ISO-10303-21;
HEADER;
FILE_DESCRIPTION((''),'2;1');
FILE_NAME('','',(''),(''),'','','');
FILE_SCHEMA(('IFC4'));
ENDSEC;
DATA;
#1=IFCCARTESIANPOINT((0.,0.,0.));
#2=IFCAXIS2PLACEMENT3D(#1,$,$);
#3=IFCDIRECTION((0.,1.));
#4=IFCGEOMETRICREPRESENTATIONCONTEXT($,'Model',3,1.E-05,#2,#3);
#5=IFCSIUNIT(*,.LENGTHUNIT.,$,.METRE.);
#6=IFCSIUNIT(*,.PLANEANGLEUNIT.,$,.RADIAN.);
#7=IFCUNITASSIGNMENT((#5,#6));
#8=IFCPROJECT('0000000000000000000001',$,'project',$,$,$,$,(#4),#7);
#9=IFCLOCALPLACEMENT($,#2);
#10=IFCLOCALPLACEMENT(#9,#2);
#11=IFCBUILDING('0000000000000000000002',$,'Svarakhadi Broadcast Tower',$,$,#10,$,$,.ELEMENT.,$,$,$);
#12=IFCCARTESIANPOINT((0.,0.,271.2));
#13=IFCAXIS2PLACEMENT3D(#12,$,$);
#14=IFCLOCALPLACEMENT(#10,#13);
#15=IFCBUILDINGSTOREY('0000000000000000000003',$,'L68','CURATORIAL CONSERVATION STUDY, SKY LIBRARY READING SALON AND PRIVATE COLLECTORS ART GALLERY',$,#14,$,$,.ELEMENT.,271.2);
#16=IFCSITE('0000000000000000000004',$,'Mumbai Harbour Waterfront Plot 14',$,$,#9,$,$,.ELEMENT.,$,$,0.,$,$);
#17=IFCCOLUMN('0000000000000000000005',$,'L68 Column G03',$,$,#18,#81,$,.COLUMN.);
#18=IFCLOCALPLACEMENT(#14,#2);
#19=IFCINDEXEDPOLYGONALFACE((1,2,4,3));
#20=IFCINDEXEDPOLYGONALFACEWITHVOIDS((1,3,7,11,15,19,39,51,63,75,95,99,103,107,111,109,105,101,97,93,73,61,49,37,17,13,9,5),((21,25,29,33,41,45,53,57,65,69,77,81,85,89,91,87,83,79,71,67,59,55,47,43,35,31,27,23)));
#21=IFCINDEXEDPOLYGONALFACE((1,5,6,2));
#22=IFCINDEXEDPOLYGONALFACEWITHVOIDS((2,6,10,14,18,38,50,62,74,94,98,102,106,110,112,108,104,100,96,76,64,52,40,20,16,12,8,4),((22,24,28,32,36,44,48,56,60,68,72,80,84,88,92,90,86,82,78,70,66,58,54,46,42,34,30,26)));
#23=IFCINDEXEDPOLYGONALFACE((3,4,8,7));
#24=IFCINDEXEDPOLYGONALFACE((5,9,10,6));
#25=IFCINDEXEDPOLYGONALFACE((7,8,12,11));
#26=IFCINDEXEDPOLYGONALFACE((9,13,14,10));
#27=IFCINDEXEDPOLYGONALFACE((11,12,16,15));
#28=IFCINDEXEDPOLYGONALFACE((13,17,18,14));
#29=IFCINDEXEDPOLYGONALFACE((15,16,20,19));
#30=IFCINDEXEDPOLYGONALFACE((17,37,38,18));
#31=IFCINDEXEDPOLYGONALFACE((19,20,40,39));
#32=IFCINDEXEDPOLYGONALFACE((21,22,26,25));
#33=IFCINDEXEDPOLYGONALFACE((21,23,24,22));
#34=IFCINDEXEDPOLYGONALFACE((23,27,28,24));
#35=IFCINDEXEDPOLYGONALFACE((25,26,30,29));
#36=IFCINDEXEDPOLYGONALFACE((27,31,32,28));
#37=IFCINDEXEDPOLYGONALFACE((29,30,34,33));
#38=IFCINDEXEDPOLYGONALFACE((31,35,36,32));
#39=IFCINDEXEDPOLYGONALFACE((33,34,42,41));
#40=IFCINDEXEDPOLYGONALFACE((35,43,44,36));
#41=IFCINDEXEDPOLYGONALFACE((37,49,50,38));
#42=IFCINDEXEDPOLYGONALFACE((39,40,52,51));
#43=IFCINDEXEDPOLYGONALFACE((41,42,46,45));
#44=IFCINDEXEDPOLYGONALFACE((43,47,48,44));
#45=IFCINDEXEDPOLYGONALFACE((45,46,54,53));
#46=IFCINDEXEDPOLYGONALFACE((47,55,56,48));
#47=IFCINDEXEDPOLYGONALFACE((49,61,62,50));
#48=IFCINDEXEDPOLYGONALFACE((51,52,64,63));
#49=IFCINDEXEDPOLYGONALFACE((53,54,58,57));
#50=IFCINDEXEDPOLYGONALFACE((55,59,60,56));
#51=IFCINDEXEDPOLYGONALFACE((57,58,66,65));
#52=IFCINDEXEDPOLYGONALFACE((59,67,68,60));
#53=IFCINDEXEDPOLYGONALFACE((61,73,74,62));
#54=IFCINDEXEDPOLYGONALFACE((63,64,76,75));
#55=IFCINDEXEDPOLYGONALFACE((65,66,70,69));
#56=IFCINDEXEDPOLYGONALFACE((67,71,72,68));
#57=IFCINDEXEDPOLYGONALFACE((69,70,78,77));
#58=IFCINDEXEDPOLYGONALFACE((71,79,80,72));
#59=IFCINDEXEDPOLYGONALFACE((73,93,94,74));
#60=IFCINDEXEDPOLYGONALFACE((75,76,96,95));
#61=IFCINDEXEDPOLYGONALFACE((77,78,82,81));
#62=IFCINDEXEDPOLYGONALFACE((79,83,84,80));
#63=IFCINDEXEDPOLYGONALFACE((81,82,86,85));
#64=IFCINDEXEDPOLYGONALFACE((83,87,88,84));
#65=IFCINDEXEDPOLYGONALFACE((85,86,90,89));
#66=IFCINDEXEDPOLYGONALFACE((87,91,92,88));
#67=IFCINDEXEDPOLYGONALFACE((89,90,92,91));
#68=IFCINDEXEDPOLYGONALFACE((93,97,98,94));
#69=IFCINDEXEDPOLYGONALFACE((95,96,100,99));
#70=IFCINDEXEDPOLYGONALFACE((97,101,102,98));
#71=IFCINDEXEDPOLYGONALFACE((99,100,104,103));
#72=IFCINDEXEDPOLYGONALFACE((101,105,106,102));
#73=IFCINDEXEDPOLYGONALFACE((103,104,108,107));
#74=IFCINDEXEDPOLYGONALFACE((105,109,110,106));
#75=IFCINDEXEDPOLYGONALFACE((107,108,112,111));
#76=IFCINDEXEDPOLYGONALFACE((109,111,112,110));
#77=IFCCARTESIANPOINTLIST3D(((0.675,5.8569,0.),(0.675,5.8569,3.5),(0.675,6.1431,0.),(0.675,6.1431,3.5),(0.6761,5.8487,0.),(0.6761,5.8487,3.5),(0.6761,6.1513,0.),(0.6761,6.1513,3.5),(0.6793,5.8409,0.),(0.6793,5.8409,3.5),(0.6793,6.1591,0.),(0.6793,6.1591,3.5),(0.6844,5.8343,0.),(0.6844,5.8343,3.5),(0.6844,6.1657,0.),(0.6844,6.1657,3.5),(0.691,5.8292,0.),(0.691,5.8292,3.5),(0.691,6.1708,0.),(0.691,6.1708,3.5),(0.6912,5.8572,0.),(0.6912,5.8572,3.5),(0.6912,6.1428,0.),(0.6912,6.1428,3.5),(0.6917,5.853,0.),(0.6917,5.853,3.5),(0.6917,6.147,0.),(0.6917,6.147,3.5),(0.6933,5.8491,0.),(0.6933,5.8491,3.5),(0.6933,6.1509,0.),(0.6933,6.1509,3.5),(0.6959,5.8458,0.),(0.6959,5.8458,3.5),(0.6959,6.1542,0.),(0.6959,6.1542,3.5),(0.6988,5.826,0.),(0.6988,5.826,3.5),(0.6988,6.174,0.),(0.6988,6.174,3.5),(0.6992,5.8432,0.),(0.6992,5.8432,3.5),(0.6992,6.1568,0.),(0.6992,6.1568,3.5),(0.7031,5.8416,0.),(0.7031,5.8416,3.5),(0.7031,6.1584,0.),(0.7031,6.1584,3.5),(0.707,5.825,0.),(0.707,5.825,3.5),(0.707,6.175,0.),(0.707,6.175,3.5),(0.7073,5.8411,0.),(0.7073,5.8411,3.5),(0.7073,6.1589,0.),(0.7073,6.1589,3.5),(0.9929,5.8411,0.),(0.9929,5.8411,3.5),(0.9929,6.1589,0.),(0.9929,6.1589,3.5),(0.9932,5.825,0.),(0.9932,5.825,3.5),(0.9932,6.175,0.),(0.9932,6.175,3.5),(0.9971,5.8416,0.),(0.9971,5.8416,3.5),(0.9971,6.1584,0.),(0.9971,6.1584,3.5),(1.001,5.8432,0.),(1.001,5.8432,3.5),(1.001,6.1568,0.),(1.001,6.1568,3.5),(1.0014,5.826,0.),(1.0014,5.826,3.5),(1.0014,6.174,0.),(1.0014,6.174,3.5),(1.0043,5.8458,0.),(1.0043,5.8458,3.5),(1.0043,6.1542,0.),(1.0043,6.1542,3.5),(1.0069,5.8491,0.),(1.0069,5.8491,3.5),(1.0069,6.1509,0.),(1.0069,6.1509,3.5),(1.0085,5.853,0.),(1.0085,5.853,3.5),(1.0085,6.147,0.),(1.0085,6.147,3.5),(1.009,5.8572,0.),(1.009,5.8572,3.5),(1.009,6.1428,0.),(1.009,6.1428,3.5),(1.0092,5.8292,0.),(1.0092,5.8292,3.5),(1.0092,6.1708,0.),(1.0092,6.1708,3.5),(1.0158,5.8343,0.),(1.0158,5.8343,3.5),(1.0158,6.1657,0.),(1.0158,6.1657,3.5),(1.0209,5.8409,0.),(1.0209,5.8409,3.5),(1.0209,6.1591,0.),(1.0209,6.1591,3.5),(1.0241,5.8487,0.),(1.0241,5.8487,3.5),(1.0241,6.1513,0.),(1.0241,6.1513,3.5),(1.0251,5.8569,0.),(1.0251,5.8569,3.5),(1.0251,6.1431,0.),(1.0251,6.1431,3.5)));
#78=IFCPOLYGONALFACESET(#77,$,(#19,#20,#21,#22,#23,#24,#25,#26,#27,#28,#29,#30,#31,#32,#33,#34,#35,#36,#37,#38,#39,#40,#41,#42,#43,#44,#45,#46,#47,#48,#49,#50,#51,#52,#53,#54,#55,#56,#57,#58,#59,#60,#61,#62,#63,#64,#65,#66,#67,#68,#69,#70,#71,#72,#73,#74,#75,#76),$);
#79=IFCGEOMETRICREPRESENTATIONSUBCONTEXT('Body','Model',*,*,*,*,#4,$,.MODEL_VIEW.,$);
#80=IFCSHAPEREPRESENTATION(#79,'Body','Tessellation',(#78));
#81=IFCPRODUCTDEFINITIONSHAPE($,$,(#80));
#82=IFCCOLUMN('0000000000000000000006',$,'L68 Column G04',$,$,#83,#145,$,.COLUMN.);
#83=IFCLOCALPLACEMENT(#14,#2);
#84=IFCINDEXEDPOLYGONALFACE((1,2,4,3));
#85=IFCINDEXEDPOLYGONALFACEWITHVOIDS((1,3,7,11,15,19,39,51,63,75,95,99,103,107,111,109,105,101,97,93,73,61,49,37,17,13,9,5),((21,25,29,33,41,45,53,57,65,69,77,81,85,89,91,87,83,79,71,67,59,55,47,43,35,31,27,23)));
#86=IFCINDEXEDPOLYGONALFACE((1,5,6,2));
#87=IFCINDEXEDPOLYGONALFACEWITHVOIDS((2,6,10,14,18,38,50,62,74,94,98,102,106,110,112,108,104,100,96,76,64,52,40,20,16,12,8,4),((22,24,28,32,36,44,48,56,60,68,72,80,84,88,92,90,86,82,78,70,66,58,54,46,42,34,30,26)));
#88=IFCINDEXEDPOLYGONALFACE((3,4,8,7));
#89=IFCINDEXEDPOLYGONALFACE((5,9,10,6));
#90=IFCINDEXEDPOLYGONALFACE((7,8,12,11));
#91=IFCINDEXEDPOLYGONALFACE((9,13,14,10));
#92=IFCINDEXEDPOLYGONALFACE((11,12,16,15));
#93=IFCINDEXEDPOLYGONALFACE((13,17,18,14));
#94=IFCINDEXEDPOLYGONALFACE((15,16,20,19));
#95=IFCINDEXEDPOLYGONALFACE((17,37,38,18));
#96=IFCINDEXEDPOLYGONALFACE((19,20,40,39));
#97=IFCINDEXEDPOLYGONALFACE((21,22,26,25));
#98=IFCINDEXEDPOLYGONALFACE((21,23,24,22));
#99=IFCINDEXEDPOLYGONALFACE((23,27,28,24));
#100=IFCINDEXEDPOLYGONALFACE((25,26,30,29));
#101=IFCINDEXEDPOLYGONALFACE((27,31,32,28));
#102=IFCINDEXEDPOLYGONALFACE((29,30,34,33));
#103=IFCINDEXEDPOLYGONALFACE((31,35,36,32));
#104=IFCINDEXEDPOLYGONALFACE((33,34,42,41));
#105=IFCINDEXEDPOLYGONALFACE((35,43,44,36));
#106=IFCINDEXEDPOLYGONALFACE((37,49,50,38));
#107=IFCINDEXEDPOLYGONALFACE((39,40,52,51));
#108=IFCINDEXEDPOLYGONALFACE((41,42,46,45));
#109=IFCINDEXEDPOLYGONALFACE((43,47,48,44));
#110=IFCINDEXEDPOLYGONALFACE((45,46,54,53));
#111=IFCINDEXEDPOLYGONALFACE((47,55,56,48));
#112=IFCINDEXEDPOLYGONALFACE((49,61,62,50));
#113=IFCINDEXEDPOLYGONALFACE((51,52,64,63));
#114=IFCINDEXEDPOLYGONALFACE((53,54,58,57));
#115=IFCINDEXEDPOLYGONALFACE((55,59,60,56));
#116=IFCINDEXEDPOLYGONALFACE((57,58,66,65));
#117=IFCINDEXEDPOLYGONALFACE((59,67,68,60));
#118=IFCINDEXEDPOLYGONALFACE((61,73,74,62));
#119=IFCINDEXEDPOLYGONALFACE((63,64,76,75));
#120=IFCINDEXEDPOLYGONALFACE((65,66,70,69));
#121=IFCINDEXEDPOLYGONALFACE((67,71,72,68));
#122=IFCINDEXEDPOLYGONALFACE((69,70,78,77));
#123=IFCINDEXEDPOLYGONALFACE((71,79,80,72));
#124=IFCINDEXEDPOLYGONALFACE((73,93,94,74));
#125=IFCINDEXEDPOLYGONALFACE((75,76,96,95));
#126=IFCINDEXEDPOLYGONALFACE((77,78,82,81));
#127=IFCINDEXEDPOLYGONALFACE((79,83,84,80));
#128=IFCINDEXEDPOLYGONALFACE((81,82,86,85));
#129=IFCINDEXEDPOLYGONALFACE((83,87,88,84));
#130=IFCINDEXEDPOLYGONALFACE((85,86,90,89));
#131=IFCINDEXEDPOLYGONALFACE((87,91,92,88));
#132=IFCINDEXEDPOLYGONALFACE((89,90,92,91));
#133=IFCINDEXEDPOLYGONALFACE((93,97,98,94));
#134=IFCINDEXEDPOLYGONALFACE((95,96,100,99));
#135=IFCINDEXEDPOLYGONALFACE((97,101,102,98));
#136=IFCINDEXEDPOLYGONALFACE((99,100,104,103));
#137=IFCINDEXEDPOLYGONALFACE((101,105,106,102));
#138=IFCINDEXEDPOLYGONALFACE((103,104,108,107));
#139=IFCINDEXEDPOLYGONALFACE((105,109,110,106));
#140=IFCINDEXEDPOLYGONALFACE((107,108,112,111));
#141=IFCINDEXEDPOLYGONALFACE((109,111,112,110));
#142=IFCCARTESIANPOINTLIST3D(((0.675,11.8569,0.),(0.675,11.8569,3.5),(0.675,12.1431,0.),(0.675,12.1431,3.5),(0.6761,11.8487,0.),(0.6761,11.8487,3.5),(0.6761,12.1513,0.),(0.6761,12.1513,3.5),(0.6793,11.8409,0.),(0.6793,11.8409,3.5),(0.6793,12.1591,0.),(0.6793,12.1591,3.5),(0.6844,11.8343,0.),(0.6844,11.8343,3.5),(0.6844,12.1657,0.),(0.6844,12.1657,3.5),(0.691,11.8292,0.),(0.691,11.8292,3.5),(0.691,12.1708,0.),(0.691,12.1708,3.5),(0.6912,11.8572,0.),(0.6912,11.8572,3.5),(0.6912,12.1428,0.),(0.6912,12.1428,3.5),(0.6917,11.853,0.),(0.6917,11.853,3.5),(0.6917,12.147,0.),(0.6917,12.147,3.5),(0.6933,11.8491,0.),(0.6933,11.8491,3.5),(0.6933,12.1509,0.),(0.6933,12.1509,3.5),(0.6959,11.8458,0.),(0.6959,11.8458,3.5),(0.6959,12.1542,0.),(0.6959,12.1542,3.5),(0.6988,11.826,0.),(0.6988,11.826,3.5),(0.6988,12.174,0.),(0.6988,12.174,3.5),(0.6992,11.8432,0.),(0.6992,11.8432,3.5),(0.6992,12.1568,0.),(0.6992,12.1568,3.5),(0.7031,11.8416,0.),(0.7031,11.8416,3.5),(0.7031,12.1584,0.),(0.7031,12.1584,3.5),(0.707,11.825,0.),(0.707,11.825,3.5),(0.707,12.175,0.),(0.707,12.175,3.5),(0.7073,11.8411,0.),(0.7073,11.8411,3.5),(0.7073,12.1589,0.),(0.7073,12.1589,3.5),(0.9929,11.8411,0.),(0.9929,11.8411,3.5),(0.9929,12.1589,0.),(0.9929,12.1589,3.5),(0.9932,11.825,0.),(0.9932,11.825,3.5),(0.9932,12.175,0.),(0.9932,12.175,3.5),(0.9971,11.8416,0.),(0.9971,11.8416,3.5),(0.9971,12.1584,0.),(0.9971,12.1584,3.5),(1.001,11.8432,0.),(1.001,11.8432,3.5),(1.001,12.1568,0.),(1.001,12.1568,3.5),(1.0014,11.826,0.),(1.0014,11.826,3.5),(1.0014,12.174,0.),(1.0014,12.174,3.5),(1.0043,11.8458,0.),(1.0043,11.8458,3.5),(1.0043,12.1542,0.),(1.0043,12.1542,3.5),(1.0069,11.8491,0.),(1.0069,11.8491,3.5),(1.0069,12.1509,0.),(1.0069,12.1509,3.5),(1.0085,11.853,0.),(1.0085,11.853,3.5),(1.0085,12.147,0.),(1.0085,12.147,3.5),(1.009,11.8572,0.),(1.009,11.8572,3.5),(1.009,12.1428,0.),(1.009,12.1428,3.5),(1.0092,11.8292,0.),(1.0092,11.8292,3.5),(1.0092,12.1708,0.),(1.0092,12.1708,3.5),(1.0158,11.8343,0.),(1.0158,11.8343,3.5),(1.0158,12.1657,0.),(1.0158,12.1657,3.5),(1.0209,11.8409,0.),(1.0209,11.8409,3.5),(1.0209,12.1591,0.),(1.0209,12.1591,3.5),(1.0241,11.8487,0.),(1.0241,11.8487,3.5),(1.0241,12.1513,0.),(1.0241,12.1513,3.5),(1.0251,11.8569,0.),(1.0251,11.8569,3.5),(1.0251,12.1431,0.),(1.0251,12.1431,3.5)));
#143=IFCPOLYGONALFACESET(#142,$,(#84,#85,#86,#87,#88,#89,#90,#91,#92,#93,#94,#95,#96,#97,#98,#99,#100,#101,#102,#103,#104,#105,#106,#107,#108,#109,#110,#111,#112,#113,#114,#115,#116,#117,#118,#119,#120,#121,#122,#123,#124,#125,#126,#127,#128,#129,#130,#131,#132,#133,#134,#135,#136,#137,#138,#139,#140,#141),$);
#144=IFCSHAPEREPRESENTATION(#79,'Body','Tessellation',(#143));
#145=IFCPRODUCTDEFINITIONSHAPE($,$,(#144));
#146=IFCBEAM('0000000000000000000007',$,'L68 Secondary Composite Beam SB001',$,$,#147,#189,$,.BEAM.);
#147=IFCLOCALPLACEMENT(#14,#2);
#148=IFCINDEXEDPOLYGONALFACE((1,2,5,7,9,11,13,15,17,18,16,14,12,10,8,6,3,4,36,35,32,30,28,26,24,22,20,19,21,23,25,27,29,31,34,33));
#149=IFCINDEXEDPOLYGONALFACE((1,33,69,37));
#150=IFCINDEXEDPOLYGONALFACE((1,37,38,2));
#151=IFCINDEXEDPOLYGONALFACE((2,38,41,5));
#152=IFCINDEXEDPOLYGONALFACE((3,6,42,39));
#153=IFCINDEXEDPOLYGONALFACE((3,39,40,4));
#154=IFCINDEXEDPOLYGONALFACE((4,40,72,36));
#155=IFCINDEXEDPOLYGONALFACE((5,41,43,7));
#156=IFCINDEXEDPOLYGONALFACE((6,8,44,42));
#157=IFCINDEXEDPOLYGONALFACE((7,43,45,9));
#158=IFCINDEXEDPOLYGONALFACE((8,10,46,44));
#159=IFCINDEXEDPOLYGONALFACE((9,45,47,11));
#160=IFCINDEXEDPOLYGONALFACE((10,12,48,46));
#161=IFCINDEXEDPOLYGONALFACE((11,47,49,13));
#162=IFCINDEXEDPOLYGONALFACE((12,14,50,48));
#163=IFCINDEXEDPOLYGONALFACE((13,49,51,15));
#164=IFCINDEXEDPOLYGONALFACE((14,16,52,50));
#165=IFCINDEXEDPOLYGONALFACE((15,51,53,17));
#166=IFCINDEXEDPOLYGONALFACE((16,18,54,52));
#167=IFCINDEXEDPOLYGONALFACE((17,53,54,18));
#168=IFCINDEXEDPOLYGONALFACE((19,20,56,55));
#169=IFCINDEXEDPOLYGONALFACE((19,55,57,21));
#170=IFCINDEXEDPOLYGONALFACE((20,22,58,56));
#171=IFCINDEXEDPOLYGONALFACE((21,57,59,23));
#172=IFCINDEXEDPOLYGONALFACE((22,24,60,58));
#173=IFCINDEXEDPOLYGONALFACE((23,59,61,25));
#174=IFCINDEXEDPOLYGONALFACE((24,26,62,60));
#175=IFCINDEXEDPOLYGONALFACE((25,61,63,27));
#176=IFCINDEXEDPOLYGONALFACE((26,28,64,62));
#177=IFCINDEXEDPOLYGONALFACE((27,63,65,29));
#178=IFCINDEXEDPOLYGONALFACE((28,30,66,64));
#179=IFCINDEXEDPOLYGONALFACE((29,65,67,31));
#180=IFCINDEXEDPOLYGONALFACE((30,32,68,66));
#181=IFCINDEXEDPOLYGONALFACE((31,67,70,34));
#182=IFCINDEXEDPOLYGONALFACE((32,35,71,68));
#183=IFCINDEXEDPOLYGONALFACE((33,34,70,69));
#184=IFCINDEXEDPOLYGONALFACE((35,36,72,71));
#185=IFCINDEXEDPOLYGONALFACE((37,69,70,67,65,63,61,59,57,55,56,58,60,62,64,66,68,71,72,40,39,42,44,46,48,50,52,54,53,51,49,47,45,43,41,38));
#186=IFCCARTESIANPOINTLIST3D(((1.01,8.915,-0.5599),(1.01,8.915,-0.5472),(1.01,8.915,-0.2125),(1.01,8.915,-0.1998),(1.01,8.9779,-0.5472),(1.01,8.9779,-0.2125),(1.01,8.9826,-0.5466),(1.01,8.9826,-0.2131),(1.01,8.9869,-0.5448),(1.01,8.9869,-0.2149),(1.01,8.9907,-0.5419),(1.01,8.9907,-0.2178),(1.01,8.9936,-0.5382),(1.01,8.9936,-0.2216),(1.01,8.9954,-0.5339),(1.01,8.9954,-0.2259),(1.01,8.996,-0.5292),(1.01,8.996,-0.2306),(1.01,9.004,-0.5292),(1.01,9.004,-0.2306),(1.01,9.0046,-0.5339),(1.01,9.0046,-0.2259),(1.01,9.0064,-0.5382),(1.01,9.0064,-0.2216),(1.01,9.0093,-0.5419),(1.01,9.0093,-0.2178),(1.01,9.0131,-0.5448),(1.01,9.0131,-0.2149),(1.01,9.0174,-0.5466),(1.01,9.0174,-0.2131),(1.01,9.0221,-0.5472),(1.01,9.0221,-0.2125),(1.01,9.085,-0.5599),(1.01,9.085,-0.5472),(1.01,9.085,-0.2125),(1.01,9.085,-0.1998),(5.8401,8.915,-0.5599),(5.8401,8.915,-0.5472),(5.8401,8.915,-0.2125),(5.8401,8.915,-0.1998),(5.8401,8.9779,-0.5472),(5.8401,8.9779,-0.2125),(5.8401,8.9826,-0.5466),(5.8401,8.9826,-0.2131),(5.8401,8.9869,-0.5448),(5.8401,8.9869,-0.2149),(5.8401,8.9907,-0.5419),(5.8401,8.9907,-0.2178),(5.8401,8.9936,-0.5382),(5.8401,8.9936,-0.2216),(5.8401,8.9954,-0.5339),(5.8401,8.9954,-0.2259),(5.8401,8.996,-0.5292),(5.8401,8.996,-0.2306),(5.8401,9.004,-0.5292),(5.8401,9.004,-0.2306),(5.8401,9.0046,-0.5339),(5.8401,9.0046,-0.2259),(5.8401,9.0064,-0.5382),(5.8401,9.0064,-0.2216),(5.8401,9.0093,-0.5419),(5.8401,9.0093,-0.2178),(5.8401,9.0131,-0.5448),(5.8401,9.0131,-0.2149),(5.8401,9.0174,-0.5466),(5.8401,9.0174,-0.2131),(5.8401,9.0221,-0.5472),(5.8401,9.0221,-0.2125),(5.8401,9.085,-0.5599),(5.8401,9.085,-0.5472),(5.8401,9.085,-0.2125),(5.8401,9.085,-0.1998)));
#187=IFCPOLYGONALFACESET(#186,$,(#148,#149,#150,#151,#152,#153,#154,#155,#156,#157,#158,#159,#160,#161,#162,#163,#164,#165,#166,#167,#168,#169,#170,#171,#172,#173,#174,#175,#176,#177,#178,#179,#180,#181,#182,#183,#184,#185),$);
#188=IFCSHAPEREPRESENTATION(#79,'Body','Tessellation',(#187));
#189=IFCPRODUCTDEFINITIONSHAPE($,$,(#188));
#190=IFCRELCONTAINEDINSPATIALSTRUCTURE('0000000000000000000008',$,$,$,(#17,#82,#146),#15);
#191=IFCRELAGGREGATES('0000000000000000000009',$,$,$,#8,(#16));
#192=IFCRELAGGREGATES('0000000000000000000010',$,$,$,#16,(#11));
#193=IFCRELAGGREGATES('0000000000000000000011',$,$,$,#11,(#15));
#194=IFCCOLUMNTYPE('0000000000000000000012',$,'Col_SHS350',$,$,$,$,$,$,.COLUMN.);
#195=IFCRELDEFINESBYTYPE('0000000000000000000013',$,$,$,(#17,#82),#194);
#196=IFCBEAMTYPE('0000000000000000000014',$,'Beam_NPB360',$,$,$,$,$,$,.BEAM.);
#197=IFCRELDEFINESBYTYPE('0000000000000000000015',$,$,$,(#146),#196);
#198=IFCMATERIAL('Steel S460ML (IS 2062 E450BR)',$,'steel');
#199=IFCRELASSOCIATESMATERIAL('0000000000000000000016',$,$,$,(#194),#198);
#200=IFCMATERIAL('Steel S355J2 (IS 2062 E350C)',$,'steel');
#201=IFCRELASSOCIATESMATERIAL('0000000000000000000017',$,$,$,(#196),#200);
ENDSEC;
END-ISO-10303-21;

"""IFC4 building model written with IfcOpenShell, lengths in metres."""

from ifc_helpers import new_model, si_unit, direction, frame, origin, origin_2d, place, context, subcontext, project, spatial, hollow_rectangle, i_section, extrude, material, material_profile, profile_set, type_object, element, save


model = new_model("IFC4")

# Units and contexts
model_context = context("Model", 3, precision=1e-05, world=origin(), true_north=direction((0.0, 1.0)))
body_context = subcontext(model_context, "Body", "Model", "MODEL_VIEW")
ifc_project = project(units=[si_unit("LENGTHUNIT", "METRE"), si_unit("PLANEANGLEUNIT", "RADIAN")], contexts=[model_context])

# Site, building, storey
site_placement = place(None, origin())
site = spatial("IfcSite", under=ifc_project, at=site_placement, Name="Mumbai Harbour Waterfront Plot 14", CompositionType="ELEMENT", RefElevation=0.0)
building_placement = place(site_placement, origin())
building = spatial("IfcBuilding", under=site, at=building_placement, Name="Svarakhadi Broadcast Tower", CompositionType="ELEMENT")
storey_placement = place(building_placement, frame((0.0, 0.0, 271.2)))
storey = spatial("IfcBuildingStorey", under=building, at=storey_placement, Name="L68", Description="CURATORIAL CONSERVATION STUDY, SKY LIBRARY READING SALON AND PRIVATE COLLECTORS ART GALLERY", CompositionType="ELEMENT", Elevation=271.2)

# Columns
ifc_material_1 = material(Name="Steel S460ML (IS 2062 E450BR)", Category="steel")
ifc_material_profile_1 = material_profile(ifc_material_1, hollow_rectangle(XDim=0.3501, YDim=0.3501, WallThickness=0.0161, InnerFilletRadius=0.0161, OuterFilletRadius=0.032, at=origin_2d()), Name="SHS 350x350x16")
ifc_profile_set_1 = profile_set([ifc_material_profile_1], Name="Steel S460ML (IS 2062 E450BR)")
column_type = type_object("IfcColumnType", Name="Col_SHS350", PredefinedType="COLUMN", material=ifc_profile_set_1)
for number, where, z_axis, x_axis, name in (
    (1, (0.8501, 6.0, 0.0), (0.0, 0.0, 1.0), (1.0, 0.0, 0.0), "L68 Column G03"),
    (2, (0.8501, 12.0, 0.0), (0.0, 0.0, 1.0), (1.0, 0.0, 0.0), "L68 Column G04"),
):
    element("IfcColumn", number, at=place(storey_placement, frame(where, z_axis=z_axis, x_axis=x_axis)), inside=storey, type_object=column_type, Name=name, PredefinedType="COLUMN", context=body_context, shape_type="SweptSolid", body=[
        extrude(hollow_rectangle(XDim=0.3501, YDim=0.3501, WallThickness=0.0161, InnerFilletRadius=0.0161, OuterFilletRadius=0.032, at=origin_2d()), origin(), (0.0, 0.0, 1.0), 3.5),
    ])

# Beam
ifc_material_2 = material(Name="Steel S355J2 (IS 2062 E350C)", Category="steel")
ifc_material_profile_2 = material_profile(ifc_material_2, i_section(OverallWidth=0.1699, OverallDepth=0.3601, WebThickness=0.0081, FlangeThickness=0.0127, FilletRadius=0.0181, at=origin_2d()), Name="NPB 360x170x57")
ifc_profile_set_2 = profile_set([ifc_material_profile_2], Name="Steel S355J2 (IS 2062 E350C)")
beam_type_1 = type_object("IfcBeamType", Name="Beam_NPB360", PredefinedType="BEAM", material=ifc_profile_set_2)
beam_placement = place(storey_placement, frame((1.01, 9.0, -0.3799), z_axis=(1.0, 0.0, 0.0), x_axis=(0.0, 1.0, 0.0)))
element("IfcBeam", 3, at=beam_placement, inside=storey, type_object=beam_type_1, Name="L68 Secondary Composite Beam SB001", PredefinedType="BEAM", context=body_context, shape_type="SweptSolid", body=[
    extrude(i_section(OverallWidth=0.1699, OverallDepth=0.3601, WebThickness=0.0081, FlangeThickness=0.0127, FilletRadius=0.0181, at=origin_2d()), origin(), (0.0, 0.0, 1.0), 4.8301),
])

save(model, "model.ifc")
